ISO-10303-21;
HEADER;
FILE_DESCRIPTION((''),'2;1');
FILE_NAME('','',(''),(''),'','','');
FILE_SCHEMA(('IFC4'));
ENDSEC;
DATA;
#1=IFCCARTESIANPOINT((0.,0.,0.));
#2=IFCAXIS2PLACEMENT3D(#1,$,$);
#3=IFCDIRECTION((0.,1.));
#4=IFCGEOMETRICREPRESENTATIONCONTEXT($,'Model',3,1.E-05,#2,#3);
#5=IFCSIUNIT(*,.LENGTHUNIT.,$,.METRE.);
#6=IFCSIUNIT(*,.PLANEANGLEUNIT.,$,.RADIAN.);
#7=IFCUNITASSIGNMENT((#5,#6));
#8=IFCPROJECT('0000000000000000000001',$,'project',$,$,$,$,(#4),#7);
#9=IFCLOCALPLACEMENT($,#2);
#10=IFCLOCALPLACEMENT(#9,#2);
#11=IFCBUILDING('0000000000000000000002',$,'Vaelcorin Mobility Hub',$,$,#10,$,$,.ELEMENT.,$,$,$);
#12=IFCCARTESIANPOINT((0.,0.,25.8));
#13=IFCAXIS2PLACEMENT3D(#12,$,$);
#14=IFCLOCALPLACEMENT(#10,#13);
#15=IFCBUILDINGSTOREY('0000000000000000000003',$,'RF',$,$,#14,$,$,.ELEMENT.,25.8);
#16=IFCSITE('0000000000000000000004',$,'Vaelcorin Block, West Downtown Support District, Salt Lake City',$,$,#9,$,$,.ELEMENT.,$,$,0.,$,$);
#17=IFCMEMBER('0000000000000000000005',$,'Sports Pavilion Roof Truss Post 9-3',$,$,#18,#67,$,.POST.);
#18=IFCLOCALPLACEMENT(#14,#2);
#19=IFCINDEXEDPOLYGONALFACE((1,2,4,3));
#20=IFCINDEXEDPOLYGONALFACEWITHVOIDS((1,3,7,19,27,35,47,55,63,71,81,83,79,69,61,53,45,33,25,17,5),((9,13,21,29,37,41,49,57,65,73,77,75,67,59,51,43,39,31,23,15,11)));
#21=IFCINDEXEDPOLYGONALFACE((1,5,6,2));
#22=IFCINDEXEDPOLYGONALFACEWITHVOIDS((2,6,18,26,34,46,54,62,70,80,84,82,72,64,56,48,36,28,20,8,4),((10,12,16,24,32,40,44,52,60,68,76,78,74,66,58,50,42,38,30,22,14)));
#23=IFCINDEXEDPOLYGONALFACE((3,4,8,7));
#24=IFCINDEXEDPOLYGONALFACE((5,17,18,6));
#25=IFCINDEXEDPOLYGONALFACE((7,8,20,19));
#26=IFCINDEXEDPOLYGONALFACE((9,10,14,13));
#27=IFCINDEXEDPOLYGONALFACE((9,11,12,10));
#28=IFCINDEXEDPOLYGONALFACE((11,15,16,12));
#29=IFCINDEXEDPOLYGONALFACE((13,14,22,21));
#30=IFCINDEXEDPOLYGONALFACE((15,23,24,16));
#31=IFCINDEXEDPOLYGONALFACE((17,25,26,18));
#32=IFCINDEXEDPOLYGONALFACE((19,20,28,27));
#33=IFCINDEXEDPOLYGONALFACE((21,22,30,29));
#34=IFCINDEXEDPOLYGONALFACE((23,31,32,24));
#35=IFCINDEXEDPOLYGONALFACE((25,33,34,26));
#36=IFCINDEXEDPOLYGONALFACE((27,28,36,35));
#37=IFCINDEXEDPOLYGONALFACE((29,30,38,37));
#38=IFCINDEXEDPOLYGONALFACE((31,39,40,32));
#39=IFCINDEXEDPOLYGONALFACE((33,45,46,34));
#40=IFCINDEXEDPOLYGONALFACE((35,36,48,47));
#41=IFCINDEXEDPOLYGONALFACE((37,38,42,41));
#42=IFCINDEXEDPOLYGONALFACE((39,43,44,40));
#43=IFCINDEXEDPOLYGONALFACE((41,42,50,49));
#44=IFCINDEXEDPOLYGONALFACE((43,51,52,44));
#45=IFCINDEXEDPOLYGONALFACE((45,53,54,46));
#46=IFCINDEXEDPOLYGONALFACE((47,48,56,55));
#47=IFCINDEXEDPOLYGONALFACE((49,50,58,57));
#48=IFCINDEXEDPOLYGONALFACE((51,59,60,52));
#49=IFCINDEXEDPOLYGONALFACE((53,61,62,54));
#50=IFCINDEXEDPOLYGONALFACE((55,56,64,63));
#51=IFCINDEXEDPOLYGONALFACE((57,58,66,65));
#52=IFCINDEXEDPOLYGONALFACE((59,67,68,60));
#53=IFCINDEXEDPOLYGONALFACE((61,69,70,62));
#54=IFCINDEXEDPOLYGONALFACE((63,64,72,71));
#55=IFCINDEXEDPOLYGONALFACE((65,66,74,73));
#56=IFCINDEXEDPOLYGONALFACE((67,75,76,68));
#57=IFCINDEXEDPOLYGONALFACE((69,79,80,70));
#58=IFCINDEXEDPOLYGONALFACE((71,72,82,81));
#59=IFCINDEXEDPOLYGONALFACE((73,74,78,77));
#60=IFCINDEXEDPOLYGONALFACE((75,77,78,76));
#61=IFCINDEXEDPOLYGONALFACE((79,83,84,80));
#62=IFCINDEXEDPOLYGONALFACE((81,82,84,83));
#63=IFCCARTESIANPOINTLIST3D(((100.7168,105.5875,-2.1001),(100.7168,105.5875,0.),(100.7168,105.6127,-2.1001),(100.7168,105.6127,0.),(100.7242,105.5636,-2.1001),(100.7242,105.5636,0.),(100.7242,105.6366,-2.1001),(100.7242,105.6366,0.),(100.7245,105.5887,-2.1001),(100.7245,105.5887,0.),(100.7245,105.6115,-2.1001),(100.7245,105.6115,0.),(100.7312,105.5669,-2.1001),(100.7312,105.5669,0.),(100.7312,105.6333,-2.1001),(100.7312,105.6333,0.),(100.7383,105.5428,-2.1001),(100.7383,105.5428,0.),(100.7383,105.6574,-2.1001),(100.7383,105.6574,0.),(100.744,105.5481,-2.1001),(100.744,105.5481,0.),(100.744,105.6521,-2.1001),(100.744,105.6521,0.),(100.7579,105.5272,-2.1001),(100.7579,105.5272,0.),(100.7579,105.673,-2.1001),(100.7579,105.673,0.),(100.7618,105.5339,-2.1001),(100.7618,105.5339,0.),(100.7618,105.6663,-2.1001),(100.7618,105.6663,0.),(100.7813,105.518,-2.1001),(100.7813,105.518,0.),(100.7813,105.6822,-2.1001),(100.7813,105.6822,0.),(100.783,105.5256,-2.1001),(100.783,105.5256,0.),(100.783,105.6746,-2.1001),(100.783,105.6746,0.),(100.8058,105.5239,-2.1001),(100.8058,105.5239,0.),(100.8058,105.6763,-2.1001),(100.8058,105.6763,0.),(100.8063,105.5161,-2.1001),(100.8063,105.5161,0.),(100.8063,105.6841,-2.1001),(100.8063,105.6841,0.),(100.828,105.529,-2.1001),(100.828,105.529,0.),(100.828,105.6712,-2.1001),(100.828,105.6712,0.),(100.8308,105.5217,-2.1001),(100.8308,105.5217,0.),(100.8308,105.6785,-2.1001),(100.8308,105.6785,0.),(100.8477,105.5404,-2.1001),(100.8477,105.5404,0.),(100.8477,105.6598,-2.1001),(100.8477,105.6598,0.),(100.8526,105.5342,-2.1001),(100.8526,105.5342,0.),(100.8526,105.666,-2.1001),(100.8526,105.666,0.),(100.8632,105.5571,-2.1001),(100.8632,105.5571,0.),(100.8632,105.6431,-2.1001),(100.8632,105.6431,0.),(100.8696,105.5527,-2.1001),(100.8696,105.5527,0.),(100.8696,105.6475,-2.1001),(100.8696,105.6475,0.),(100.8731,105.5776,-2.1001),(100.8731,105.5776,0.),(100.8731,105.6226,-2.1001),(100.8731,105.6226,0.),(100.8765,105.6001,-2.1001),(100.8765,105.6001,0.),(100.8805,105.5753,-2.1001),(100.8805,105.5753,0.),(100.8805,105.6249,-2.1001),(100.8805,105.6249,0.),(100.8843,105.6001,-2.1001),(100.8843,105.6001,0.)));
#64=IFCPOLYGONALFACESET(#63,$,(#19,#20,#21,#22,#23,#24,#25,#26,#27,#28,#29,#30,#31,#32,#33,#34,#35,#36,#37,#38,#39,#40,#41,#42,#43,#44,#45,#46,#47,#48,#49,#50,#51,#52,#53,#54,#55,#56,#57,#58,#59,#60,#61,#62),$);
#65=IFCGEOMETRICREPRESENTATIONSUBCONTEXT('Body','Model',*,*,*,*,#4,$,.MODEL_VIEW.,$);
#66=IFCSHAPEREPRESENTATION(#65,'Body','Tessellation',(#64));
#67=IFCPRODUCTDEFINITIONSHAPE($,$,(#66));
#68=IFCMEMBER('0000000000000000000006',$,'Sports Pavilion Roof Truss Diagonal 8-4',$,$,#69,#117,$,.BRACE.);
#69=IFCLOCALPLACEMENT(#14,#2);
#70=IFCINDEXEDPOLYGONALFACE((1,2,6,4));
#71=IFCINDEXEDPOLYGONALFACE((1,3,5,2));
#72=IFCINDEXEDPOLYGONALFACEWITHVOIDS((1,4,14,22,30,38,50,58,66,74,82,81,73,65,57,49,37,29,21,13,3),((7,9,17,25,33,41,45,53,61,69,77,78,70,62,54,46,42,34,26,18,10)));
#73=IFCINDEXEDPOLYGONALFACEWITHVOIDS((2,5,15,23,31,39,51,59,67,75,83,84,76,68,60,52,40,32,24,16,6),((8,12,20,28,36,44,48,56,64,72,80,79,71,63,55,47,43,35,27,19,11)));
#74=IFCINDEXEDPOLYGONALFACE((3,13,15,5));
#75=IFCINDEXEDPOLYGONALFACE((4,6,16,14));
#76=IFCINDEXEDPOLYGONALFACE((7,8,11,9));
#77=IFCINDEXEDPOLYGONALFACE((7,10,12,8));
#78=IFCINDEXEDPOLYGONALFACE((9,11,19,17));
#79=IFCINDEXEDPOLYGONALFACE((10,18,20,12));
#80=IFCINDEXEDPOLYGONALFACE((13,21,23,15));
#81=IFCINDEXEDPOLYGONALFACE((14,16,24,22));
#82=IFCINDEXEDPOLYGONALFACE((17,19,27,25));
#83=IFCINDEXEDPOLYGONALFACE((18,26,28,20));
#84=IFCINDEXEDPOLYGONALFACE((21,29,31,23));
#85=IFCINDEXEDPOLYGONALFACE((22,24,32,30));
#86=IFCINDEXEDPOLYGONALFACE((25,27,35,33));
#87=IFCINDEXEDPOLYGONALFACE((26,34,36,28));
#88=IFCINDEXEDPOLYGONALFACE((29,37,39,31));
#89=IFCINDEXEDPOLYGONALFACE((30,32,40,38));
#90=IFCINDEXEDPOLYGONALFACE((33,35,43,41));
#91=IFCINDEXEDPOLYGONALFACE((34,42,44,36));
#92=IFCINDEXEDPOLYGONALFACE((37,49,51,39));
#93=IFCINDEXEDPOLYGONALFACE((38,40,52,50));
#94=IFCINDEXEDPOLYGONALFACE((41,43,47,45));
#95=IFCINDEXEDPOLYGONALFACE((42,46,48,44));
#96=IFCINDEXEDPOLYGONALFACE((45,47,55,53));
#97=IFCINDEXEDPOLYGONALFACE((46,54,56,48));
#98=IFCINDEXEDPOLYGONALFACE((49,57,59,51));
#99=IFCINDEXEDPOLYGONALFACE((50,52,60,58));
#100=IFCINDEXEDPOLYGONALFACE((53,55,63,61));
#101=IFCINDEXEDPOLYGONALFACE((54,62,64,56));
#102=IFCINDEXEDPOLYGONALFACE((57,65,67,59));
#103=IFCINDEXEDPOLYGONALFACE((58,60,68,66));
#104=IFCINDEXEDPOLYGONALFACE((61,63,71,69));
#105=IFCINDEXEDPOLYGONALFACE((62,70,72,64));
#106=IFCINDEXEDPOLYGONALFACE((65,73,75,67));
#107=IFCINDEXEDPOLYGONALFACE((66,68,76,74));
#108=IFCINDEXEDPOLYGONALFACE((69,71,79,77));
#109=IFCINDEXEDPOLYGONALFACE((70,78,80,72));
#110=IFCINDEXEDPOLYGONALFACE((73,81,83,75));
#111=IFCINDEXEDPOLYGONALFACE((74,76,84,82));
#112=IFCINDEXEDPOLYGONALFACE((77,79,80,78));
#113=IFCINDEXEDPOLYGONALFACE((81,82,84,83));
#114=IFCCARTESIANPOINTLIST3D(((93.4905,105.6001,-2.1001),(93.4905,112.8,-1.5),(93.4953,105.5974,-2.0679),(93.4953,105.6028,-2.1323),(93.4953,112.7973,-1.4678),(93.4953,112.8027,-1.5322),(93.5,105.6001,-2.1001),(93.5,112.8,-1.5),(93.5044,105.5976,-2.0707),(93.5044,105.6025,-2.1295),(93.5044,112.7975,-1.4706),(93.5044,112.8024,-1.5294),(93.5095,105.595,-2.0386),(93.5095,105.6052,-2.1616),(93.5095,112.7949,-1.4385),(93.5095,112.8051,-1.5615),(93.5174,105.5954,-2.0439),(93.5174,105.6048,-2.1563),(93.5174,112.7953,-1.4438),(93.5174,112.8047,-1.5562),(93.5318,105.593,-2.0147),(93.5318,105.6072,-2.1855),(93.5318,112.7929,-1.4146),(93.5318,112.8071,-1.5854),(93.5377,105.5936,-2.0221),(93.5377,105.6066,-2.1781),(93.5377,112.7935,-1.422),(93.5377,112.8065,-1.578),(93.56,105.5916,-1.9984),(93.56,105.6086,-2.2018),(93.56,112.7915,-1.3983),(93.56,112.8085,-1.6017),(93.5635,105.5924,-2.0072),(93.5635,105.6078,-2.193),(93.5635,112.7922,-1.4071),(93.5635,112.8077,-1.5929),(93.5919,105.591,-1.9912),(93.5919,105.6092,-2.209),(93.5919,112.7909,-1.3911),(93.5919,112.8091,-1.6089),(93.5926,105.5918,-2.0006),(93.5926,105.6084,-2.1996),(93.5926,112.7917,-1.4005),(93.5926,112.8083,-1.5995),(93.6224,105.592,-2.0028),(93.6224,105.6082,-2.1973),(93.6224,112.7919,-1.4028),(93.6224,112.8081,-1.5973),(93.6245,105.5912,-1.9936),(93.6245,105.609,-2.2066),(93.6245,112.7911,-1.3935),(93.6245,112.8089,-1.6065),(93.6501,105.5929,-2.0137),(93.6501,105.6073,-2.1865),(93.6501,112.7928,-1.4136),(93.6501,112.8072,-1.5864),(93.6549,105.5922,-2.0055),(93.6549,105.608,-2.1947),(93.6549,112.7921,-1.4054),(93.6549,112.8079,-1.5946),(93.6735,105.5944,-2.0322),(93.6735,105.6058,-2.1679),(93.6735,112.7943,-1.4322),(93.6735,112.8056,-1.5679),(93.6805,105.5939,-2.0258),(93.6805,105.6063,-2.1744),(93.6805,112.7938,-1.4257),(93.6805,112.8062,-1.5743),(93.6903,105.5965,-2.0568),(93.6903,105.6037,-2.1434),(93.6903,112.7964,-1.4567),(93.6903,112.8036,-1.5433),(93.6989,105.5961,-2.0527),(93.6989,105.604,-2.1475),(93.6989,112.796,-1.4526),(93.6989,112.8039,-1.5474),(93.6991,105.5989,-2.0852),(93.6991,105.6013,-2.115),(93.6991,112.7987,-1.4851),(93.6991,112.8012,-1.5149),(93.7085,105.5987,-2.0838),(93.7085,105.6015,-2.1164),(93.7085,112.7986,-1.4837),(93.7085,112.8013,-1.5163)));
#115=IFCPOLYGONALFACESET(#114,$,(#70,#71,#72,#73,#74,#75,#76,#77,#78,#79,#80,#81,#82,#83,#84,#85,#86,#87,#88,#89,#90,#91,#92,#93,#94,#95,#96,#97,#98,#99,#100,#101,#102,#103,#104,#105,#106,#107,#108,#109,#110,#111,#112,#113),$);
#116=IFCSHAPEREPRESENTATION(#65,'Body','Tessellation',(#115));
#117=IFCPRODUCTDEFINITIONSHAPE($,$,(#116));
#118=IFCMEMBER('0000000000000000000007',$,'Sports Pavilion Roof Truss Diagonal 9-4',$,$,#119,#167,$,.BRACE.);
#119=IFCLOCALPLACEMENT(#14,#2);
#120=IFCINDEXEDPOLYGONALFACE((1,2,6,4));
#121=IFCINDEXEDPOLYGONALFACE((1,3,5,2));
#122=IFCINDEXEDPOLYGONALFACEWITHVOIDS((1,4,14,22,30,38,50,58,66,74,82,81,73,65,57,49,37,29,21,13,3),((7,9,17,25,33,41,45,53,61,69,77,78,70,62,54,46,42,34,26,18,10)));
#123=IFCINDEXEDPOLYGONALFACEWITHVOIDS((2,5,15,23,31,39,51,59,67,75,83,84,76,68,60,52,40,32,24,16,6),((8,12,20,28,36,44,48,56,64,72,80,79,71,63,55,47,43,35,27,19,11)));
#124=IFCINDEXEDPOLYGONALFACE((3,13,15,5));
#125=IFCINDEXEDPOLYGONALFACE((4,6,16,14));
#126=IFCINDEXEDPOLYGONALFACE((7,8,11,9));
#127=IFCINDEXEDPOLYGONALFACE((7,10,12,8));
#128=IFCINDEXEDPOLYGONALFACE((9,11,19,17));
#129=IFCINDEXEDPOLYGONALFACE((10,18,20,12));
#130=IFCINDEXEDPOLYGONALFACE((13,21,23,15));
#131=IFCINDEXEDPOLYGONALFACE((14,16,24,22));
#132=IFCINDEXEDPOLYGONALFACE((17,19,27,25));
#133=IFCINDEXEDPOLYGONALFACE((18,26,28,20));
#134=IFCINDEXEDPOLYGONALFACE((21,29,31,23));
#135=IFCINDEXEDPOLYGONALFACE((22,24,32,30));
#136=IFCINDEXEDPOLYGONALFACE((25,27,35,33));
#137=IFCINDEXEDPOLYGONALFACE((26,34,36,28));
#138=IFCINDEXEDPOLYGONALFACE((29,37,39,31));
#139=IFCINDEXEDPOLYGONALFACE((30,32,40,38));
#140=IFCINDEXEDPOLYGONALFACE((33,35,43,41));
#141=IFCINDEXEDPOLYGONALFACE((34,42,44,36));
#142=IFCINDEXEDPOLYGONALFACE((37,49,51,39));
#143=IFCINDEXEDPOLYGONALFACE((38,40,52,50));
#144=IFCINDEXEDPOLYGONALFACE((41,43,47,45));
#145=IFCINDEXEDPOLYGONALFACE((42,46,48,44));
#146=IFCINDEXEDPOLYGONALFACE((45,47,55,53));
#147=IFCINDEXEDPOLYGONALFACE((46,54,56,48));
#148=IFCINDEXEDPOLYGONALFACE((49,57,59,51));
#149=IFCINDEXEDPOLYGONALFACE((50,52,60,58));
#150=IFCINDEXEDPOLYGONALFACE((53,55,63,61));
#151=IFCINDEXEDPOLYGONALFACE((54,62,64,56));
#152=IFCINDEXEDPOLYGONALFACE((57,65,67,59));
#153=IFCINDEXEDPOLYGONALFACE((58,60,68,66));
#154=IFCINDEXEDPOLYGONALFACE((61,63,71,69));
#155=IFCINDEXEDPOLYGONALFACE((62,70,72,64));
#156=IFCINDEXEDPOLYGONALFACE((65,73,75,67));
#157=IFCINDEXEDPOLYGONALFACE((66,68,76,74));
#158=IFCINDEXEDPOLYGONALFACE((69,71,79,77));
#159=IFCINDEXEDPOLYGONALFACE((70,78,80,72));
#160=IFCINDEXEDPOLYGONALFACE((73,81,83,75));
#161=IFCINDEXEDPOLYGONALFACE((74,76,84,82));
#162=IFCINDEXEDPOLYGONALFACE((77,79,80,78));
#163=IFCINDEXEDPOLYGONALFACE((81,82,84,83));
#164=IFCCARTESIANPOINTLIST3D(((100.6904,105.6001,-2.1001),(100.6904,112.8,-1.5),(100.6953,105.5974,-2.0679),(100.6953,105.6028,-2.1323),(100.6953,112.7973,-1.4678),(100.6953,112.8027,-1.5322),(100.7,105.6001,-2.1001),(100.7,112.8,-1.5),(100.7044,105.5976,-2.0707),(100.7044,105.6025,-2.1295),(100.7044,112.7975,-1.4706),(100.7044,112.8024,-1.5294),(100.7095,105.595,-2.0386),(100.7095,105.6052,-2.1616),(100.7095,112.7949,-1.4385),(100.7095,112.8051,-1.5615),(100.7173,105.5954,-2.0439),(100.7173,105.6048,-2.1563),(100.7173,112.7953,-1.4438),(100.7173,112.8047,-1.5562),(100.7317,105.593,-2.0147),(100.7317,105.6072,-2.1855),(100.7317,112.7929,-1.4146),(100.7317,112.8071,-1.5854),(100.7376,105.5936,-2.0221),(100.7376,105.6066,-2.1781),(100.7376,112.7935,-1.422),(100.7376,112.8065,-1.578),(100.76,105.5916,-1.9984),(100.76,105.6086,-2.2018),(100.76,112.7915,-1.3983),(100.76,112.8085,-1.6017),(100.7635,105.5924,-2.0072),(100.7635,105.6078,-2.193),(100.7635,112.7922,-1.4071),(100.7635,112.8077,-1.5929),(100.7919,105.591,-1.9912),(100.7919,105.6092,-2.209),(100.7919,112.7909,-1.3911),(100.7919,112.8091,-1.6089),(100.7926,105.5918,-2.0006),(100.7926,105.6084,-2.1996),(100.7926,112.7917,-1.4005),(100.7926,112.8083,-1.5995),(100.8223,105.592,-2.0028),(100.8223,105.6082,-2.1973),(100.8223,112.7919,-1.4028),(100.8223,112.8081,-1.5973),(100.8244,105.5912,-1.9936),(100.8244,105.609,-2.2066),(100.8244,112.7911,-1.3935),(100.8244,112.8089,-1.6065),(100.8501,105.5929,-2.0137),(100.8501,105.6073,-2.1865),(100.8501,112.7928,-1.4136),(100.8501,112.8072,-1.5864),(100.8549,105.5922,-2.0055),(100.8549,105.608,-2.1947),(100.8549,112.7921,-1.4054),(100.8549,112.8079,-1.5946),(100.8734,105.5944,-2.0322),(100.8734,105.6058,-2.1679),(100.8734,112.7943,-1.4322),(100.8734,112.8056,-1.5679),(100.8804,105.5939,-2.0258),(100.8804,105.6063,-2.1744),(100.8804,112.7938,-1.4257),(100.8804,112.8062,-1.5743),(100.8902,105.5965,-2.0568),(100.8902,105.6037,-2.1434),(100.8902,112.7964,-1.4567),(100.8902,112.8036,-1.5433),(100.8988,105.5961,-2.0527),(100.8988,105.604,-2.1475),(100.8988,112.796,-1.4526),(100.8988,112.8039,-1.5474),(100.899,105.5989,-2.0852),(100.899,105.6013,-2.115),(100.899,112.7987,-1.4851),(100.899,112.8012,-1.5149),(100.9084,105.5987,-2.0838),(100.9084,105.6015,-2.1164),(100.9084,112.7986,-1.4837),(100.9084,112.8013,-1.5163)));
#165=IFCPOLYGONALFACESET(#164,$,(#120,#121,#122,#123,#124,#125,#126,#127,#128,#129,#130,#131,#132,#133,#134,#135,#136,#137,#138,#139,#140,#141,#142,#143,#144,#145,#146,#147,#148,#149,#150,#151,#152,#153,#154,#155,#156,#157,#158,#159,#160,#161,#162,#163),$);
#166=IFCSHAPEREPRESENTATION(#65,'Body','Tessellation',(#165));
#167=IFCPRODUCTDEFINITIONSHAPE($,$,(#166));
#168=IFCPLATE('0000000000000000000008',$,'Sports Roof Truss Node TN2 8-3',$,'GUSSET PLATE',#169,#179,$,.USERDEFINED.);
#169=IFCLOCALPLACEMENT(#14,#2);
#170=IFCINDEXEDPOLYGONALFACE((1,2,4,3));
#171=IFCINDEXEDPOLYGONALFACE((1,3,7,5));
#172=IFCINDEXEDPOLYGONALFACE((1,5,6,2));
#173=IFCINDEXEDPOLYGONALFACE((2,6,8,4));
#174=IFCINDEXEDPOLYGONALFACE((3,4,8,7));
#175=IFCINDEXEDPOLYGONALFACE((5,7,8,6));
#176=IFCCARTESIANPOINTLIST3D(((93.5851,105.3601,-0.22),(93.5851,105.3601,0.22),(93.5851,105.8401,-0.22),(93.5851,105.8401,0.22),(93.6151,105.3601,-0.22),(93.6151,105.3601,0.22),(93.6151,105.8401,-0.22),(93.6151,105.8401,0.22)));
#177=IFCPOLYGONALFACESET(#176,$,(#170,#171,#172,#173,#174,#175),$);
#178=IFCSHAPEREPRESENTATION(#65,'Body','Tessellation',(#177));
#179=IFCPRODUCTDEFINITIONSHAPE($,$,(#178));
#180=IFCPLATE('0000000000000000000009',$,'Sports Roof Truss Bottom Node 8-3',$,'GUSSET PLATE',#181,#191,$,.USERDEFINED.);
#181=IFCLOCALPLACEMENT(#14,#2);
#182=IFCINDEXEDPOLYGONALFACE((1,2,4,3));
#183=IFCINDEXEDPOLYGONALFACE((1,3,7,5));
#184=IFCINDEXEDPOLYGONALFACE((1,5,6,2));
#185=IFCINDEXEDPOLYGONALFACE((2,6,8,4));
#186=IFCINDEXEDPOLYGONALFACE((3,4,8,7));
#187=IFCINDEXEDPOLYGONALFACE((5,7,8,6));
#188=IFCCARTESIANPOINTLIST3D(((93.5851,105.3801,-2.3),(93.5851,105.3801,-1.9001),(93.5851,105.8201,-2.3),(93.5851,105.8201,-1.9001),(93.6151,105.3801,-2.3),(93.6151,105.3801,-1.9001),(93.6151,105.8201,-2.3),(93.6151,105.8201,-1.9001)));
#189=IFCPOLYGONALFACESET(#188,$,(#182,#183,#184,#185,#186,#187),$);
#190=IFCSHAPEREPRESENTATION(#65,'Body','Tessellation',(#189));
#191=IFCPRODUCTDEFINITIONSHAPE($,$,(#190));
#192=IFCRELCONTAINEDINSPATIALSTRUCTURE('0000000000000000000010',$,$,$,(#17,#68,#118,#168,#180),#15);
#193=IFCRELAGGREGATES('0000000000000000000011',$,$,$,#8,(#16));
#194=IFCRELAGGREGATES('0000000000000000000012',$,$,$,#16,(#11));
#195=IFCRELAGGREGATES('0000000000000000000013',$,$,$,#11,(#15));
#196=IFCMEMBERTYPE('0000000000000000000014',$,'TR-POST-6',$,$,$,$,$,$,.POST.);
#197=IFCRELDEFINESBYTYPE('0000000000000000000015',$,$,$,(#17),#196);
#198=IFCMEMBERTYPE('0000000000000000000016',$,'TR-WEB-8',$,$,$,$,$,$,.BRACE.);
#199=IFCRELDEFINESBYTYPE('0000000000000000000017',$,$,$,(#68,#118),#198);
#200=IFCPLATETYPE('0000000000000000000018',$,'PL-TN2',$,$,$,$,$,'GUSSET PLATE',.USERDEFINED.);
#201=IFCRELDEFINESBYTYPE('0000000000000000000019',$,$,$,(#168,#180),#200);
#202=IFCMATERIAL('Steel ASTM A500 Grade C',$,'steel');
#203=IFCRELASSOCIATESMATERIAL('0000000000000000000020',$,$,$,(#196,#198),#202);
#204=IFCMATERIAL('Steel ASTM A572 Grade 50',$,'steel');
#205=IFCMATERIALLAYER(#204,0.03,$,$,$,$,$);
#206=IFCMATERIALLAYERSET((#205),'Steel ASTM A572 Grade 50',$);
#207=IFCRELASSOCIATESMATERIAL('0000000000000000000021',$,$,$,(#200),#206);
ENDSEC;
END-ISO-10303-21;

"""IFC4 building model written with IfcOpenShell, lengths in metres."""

from ifc_helpers import new_model, si_unit, direction, frame, origin, origin_2d, place, context, subcontext, project, spatial, rectangle, hollow_circle, extrude, material, layer, layer_set, material_profile, profile_set, type_object, element, save


model = new_model("IFC4")

# Units and contexts
model_context = context("Model", 3, precision=1e-05, world=origin(), true_north=direction((0.0, 1.0)))
body_context = subcontext(model_context, "Body", "Model", "MODEL_VIEW")
ifc_project = project(units=[si_unit("LENGTHUNIT", "METRE"), si_unit("PLANEANGLEUNIT", "RADIAN")], contexts=[model_context])

# Site, building, storey
site_placement = place(None, origin())
site = spatial("IfcSite", under=ifc_project, at=site_placement, Name="Vaelcorin Block, West Downtown Support District, Salt Lake City", CompositionType="ELEMENT", RefElevation=0.0)
building_placement = place(site_placement, origin())
building = spatial("IfcBuilding", under=site, at=building_placement, Name="Vaelcorin Mobility Hub", CompositionType="ELEMENT")
storey_placement = place(building_placement, frame((0.0, 0.0, 25.8)))
storey = spatial("IfcBuildingStorey", under=building, at=storey_placement, Name="RF", CompositionType="ELEMENT", Elevation=25.8)

# Shared definitions
ifc_material_1 = material(Name="Steel ASTM A500 Grade C", Category="steel")

# Members
ifc_material_profile_1 = material_profile(ifc_material_1, hollow_circle(Radius=0.0842, WallThickness=0.0078, at=origin_2d()), Name="HSS6.625X0.312")
ifc_profile_set_1 = profile_set([ifc_material_profile_1], Name="Steel ASTM A500 Grade C")
member_type_1 = type_object("IfcMemberType", Name="TR-POST-6", PredefinedType="POST", material=ifc_profile_set_1)
for number, where, z_axis, x_axis, name in (
    (1, (100.8, 105.6001, -2.1001), (0.0, 0.0, 1.0), (1.0, 0.0, 0.0), "Sports Pavilion Roof Truss Post 9-3"),
):
    element("IfcMember", number, at=place(storey_placement, frame(where, z_axis=z_axis, x_axis=x_axis)), inside=storey, type_object=member_type_1, Name=name, PredefinedType="POST", context=body_context, shape_type="SweptSolid", body=[
        extrude(hollow_circle(Radius=0.0842, WallThickness=0.0078, at=origin_2d()), origin(), (0.0, 0.0, 1.0), 2.1001),
    ])
ifc_material_profile_2 = material_profile(ifc_material_1, hollow_circle(Radius=0.1096, WallThickness=0.0095, at=origin_2d()), Name="HSS8.625X0.375")
ifc_profile_set_2 = profile_set([ifc_material_profile_2], Name="Steel ASTM A500 Grade C")
member_type_2 = type_object("IfcMemberType", Name="TR-WEB-8", PredefinedType="BRACE", material=ifc_profile_set_2)
for number, where, z_axis, x_axis, name in (
    (2, (93.6001, 105.6001, -2.1001), (0.0, 0.996545, 0.083059), (-1.0, 0.0, 0.0), "Sports Pavilion Roof Truss Diagonal 8-4"),
    (3, (100.8, 105.6001, -2.1001), (0.0, 0.996545, 0.083059), (-1.0, 0.0, 0.0), "Sports Pavilion Roof Truss Diagonal 9-4"),
):
    element("IfcMember", number, at=place(storey_placement, frame(where, z_axis=z_axis, x_axis=x_axis)), inside=storey, type_object=member_type_2, Name=name, PredefinedType="BRACE", context=body_context, shape_type="SweptSolid", body=[
        extrude(hollow_circle(Radius=0.1096, WallThickness=0.0095, at=origin_2d()), origin(), (0.0, 0.0, 1.0), 7.2249),
    ])

# Plates
ifc_material_2 = material(Name="Steel ASTM A572 Grade 50", Category="steel")
ifc_layer_1 = layer(ifc_material_2, 0.03)
ifc_layer_set_1 = layer_set([ifc_layer_1], Name="Steel ASTM A572 Grade 50")
plate_type = type_object("IfcPlateType", Name="PL-TN2", ElementType="GUSSET PLATE", PredefinedType="USERDEFINED", material=ifc_layer_set_1)
plate_1_placement = place(storey_placement, frame((93.6001, 105.6001, -0.22), z_axis=(0.0, 0.0, 1.0), x_axis=(1.0, 0.0, 0.0)))
element("IfcPlate", 4, at=plate_1_placement, inside=storey, type_object=plate_type, Name="Sports Roof Truss Node TN2 8-3", ObjectType="GUSSET PLATE", PredefinedType="USERDEFINED", context=body_context, shape_type="SweptSolid", body=[
    extrude(rectangle(XDim=0.03, YDim=0.48, at=origin_2d()), origin(), (0.0, 0.0, 1.0), 0.4399),
])
plate_2_placement = place(storey_placement, frame((93.6001, 105.6001, -2.3), z_axis=(0.0, 0.0, 1.0), x_axis=(1.0, 0.0, 0.0)))
element("IfcPlate", 5, at=plate_2_placement, inside=storey, type_object=plate_type, Name="Sports Roof Truss Bottom Node 8-3", ObjectType="GUSSET PLATE", PredefinedType="USERDEFINED", context=body_context, shape_type="SweptSolid", body=[
    extrude(rectangle(XDim=0.03, YDim=0.4399, at=origin_2d()), origin(), (0.0, 0.0, 1.0), 0.3999),
])

save(model, "model.ifc")
